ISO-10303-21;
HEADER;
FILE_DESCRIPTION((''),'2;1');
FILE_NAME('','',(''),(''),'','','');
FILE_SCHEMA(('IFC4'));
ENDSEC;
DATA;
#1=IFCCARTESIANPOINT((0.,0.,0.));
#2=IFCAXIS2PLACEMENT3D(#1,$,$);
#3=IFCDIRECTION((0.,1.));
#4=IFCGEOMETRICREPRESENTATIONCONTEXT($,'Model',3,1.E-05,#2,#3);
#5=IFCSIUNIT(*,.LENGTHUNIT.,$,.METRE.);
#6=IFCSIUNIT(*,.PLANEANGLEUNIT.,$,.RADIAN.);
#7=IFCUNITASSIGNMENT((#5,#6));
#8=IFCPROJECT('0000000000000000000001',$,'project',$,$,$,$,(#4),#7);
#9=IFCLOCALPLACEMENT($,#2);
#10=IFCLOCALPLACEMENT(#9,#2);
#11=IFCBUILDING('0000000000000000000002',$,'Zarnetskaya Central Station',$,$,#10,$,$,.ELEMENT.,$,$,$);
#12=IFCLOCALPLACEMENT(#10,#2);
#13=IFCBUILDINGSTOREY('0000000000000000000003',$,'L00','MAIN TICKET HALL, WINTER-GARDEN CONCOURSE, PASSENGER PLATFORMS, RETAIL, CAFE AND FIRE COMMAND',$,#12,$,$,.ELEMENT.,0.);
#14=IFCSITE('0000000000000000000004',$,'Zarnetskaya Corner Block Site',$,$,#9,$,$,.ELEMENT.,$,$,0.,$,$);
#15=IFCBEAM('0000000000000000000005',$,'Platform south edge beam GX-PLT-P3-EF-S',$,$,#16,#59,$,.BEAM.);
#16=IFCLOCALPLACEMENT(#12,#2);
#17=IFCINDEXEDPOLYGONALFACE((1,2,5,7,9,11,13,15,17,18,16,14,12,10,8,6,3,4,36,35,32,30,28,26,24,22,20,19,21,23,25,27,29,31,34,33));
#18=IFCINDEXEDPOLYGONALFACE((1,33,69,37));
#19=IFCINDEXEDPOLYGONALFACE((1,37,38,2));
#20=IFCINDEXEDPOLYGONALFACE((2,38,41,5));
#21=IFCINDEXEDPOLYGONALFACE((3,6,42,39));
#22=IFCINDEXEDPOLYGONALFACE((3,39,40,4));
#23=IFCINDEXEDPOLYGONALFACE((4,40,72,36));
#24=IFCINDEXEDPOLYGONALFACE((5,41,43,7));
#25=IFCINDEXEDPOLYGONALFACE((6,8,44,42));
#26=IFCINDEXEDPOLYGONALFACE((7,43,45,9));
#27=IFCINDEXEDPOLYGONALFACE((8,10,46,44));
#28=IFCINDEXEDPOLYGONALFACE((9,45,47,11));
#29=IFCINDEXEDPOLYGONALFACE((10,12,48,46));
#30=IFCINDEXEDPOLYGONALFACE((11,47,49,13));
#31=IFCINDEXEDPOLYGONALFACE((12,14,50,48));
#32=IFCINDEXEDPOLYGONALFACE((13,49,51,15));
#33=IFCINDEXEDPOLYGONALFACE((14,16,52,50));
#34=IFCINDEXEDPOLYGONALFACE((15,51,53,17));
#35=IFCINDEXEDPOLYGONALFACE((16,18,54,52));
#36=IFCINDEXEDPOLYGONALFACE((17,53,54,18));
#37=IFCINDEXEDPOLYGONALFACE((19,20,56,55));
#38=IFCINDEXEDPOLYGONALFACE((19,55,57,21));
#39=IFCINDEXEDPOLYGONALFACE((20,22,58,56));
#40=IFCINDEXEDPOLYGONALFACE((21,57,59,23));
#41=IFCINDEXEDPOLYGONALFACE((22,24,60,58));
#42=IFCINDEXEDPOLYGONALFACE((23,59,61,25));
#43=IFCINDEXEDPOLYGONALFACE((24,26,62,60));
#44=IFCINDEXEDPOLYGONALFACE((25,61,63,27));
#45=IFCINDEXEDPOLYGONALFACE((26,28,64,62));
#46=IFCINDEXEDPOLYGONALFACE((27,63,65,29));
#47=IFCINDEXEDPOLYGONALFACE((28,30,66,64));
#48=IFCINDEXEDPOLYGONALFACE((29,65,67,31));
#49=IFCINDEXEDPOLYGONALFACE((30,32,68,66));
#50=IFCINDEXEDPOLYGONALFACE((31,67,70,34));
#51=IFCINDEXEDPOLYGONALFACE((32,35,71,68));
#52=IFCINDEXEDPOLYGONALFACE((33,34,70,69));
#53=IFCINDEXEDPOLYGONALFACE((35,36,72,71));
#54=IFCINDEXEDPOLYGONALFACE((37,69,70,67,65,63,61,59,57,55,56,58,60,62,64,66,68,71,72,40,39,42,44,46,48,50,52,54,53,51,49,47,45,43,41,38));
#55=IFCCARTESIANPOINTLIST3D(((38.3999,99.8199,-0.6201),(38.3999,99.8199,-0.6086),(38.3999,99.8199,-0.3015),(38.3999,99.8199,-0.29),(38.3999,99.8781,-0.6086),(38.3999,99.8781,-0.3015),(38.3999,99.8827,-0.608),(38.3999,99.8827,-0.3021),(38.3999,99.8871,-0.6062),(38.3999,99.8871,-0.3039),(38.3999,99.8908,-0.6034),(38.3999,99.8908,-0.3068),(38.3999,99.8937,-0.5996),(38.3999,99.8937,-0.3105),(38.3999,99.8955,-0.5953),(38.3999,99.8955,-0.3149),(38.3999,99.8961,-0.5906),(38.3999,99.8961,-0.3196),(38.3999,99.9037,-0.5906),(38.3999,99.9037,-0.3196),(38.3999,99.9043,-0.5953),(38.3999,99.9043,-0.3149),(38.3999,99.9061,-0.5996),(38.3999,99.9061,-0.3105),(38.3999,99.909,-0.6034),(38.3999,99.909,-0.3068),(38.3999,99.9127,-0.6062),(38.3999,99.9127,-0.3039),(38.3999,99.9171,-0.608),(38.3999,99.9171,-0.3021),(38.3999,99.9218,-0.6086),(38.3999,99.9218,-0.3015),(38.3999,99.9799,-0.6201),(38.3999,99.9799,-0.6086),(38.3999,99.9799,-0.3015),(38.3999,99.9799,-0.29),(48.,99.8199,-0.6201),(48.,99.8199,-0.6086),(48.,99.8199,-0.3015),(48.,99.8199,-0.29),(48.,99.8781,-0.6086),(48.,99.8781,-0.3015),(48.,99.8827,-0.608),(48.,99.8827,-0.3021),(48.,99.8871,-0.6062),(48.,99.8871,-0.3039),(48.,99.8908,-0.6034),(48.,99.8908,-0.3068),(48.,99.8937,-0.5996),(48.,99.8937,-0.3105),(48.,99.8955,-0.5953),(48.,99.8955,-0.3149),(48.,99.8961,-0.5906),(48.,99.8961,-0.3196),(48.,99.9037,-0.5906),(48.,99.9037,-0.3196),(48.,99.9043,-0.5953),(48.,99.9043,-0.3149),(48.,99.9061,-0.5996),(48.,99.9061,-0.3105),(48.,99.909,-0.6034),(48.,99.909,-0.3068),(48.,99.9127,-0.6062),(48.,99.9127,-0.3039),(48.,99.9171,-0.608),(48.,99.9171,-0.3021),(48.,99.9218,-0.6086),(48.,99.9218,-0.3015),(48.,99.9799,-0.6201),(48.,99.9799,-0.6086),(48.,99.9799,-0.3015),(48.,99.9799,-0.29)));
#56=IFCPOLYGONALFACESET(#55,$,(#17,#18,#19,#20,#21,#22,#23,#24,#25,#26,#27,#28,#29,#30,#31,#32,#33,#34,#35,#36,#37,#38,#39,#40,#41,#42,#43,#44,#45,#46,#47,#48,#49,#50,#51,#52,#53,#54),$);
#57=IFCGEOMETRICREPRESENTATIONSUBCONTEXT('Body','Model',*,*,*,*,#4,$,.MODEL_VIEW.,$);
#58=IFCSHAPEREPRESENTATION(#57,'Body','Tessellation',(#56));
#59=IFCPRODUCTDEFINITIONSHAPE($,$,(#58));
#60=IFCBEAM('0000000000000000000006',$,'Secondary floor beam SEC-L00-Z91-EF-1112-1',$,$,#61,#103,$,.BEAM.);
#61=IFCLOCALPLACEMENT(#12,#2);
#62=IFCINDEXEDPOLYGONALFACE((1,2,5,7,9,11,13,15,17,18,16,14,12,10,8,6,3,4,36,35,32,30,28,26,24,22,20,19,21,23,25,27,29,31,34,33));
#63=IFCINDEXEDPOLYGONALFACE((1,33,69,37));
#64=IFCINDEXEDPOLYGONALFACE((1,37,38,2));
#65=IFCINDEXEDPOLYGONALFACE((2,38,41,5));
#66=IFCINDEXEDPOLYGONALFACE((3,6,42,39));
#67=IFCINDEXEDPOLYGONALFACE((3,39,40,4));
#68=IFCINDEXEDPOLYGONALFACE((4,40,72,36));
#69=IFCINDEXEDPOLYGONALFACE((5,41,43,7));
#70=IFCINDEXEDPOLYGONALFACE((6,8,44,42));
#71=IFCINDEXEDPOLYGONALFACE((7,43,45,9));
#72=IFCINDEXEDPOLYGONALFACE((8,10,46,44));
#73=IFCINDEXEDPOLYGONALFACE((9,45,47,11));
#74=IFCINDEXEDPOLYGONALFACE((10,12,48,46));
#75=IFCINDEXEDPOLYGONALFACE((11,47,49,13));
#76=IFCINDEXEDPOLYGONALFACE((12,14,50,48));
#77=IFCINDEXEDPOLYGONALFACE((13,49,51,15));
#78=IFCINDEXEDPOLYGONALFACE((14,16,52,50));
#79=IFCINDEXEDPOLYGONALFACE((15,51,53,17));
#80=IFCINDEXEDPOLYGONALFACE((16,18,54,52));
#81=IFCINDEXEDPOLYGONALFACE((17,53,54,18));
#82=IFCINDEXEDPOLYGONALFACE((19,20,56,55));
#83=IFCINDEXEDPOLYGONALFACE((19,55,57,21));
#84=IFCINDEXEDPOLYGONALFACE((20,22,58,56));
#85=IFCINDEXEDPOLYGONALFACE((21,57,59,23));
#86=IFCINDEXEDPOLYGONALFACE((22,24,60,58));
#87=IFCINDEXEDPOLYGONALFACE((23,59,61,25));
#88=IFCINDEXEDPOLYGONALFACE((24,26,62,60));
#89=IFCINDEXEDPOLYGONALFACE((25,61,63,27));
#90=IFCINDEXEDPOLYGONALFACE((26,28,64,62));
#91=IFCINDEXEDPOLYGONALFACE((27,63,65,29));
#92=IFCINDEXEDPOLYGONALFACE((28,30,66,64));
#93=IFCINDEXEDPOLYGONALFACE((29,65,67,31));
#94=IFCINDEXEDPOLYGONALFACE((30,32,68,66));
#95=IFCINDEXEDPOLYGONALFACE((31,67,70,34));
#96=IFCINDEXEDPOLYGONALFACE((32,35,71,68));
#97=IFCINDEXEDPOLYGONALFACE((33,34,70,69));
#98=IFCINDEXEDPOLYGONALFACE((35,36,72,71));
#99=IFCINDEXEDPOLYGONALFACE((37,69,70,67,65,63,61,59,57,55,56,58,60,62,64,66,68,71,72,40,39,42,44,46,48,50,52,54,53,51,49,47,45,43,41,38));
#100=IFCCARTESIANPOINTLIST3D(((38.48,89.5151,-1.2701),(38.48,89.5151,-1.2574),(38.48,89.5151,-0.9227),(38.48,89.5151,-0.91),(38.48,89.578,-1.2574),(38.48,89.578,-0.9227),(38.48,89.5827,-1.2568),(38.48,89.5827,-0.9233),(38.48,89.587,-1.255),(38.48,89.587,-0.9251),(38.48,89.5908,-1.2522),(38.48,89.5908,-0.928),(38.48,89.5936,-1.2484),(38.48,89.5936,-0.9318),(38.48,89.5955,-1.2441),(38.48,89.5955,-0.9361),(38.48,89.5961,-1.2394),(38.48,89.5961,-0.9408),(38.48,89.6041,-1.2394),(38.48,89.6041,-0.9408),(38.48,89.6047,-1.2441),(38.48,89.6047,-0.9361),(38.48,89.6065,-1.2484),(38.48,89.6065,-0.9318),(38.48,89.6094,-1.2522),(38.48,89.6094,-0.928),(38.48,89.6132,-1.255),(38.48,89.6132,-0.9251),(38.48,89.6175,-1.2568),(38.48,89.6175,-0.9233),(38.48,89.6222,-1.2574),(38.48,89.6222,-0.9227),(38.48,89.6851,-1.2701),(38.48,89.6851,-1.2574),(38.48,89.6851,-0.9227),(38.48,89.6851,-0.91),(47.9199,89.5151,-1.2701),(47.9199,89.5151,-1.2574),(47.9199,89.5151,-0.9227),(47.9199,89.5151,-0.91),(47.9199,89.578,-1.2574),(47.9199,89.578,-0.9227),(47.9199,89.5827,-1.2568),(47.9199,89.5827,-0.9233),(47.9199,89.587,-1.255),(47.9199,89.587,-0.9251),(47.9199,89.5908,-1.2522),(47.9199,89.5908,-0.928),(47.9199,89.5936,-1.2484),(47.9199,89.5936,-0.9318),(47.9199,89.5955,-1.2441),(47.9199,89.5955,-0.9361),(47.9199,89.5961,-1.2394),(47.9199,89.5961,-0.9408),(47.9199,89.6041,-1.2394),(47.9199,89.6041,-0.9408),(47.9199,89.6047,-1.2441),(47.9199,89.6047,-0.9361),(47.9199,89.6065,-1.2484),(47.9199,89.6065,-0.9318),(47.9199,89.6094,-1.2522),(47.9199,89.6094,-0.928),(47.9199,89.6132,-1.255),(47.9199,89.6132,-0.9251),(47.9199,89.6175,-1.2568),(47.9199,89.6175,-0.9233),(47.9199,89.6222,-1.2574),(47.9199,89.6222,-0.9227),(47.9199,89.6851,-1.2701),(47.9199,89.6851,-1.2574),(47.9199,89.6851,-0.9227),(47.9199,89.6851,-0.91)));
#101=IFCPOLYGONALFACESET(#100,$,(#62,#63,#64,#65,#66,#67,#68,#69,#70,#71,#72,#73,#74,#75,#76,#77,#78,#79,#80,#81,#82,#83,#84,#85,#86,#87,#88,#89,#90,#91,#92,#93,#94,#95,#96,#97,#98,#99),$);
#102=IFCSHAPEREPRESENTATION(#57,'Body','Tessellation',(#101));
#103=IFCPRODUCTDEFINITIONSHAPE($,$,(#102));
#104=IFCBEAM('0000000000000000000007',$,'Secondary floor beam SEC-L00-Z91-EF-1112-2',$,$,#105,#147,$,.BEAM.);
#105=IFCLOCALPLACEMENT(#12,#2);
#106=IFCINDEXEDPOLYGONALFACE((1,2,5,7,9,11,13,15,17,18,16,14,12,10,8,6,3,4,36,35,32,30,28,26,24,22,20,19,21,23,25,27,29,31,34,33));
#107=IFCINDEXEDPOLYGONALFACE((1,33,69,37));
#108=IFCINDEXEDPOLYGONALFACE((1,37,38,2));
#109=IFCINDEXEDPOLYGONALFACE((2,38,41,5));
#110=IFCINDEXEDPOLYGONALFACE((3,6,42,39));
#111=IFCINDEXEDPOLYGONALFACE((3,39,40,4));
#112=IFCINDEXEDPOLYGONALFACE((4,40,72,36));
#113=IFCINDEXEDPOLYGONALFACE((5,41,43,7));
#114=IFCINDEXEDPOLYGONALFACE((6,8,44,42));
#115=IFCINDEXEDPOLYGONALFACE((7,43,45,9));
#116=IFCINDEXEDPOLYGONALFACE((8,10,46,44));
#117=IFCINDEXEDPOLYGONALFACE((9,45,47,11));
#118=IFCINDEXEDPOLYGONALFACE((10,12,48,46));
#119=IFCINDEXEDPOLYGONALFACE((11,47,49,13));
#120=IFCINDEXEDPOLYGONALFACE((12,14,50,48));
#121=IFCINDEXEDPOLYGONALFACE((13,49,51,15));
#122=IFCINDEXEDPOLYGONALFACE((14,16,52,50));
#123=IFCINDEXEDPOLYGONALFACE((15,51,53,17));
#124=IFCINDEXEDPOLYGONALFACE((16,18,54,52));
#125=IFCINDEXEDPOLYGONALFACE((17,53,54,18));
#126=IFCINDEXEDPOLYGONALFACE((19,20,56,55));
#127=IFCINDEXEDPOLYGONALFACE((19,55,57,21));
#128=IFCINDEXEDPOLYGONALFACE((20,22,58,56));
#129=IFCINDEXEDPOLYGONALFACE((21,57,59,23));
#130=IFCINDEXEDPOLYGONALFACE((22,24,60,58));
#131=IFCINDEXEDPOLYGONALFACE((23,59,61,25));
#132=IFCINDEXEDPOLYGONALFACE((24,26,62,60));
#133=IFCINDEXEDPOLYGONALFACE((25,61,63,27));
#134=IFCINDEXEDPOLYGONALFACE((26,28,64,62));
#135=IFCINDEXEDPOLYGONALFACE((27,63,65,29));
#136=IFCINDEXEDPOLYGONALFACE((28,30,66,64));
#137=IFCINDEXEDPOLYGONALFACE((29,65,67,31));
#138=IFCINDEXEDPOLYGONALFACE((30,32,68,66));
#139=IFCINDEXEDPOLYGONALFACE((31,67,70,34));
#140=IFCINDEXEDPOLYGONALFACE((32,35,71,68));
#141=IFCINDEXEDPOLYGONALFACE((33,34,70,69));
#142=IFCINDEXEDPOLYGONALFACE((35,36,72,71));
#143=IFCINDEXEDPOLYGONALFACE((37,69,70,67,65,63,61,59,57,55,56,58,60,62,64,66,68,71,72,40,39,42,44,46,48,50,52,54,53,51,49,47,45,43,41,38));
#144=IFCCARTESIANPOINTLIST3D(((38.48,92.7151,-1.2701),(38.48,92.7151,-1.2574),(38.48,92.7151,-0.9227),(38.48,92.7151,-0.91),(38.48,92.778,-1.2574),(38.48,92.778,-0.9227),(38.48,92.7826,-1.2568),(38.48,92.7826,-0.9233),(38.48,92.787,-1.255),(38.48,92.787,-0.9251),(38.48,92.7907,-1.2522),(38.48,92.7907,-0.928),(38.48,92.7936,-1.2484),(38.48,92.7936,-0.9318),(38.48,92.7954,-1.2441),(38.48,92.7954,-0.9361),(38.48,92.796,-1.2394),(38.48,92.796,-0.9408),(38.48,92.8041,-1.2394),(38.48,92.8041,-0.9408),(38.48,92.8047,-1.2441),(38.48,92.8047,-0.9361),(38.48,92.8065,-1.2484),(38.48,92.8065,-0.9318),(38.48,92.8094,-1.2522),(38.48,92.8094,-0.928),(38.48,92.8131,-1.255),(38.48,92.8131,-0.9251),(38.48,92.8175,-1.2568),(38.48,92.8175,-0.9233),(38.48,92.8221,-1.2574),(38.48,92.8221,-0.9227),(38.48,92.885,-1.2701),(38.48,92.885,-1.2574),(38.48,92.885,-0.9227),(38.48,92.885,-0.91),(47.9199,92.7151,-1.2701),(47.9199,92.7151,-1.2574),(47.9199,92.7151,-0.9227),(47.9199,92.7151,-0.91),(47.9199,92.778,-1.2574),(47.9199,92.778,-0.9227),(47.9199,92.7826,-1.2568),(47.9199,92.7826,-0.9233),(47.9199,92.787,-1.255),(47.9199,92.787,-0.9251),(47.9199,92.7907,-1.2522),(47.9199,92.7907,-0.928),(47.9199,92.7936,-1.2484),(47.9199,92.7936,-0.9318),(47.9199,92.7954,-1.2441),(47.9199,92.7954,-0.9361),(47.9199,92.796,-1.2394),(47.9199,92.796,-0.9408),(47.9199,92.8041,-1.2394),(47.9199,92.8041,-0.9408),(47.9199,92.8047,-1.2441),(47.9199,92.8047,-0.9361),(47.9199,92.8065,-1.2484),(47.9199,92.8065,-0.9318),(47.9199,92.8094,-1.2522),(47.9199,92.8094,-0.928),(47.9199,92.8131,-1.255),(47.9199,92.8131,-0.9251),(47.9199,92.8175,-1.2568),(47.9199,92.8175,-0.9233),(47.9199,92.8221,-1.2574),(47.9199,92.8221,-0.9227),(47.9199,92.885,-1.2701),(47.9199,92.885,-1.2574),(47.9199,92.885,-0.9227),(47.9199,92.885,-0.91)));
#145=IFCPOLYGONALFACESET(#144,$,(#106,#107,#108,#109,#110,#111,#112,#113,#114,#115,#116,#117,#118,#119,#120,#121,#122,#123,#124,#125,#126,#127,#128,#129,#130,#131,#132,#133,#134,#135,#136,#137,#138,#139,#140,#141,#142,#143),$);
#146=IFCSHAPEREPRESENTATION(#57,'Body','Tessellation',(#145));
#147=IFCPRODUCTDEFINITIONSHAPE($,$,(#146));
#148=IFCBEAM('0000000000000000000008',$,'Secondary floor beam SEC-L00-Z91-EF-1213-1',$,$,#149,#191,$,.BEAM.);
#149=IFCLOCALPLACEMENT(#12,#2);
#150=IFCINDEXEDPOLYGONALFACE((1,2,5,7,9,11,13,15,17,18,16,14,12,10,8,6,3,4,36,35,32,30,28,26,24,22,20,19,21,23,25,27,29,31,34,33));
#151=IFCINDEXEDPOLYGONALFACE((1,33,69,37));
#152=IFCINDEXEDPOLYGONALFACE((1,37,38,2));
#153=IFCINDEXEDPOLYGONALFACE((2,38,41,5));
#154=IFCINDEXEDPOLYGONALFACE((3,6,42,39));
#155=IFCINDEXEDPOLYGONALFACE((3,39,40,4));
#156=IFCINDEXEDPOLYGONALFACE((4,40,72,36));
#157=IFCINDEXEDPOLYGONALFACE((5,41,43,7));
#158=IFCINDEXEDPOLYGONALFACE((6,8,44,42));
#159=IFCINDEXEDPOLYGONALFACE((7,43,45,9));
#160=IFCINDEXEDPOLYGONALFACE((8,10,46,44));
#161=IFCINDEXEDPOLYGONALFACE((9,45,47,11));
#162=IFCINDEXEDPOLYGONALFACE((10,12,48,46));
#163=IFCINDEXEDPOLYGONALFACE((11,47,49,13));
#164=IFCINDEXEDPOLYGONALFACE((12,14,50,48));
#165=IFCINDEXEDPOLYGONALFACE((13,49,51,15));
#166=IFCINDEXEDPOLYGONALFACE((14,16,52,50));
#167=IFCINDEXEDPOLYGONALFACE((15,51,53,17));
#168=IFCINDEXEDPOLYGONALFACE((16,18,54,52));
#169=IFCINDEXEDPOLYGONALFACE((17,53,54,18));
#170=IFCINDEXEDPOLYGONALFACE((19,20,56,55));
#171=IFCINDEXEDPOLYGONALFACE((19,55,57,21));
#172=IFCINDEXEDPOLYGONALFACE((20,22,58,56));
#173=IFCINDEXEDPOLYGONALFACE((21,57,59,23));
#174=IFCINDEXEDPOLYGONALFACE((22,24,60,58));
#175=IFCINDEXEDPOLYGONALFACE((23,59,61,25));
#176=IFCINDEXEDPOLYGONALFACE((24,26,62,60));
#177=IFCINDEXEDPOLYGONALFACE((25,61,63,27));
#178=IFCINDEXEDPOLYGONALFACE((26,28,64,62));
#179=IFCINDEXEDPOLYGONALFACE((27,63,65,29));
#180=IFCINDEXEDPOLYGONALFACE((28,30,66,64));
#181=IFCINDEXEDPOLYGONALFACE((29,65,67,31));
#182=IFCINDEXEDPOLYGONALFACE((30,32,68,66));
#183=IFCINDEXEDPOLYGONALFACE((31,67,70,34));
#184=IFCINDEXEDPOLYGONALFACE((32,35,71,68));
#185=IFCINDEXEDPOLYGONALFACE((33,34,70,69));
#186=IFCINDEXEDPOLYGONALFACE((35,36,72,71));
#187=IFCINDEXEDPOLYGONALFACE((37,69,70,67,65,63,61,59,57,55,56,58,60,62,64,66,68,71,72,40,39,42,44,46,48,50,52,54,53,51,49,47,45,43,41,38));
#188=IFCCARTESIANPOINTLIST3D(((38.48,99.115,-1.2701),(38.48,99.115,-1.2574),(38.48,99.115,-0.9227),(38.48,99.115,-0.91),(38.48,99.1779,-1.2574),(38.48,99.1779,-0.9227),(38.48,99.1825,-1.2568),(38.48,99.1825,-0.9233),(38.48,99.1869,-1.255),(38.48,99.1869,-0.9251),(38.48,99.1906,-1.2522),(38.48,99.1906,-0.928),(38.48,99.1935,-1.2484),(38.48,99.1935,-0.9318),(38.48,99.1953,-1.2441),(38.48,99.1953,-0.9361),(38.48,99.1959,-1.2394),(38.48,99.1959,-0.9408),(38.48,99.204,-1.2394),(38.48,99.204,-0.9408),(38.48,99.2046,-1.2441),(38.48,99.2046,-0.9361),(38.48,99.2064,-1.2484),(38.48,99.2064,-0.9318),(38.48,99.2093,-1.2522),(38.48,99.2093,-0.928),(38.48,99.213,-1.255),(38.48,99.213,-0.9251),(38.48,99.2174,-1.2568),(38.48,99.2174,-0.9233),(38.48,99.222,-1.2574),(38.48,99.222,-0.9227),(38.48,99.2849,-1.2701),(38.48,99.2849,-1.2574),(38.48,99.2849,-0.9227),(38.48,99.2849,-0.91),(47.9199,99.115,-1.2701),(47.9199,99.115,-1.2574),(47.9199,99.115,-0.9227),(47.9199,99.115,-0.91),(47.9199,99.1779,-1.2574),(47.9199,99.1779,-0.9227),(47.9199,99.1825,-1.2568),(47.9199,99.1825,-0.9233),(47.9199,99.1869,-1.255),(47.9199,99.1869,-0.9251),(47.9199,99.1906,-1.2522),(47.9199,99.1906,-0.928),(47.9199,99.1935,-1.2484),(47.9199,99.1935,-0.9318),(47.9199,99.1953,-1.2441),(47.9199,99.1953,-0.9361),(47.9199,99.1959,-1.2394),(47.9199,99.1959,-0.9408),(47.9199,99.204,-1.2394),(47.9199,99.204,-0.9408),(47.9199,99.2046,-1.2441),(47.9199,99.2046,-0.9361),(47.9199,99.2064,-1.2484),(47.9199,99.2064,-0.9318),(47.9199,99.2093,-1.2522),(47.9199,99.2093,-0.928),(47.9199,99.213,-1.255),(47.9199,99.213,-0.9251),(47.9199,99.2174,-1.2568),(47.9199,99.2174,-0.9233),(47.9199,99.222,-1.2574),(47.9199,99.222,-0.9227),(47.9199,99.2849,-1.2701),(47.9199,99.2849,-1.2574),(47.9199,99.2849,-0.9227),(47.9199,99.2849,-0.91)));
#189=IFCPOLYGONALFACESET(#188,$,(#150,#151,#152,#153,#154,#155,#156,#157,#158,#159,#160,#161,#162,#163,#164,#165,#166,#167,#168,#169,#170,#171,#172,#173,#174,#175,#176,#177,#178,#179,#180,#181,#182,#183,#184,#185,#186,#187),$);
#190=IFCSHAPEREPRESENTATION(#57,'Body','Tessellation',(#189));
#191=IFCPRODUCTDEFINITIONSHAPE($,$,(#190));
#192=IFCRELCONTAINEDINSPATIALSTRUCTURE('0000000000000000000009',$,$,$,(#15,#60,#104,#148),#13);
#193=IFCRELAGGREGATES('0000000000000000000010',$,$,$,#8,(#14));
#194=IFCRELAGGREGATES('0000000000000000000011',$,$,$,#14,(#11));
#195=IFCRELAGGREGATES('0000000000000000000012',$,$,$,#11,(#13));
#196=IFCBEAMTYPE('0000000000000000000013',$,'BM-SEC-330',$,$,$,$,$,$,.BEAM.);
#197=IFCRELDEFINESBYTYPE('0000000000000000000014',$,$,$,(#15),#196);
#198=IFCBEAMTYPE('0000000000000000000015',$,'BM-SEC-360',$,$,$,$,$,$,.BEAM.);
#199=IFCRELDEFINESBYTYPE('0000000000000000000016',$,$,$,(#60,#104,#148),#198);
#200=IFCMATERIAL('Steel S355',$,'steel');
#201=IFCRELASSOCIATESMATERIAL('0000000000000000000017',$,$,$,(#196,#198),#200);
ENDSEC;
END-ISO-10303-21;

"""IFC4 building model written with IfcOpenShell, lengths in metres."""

from ifc_helpers import new_model, si_unit, direction, frame, origin, origin_2d, place, context, subcontext, project, spatial, i_section, extrude, material, material_profile, profile_set, type_object, element, save


model = new_model("IFC4")

# Units and contexts
model_context = context("Model", 3, precision=1e-05, world=origin(), true_north=direction((0.0, 1.0)))
body_context = subcontext(model_context, "Body", "Model", "MODEL_VIEW")
ifc_project = project(units=[si_unit("LENGTHUNIT", "METRE"), si_unit("PLANEANGLEUNIT", "RADIAN")], contexts=[model_context])

# Site, building, storey
site_placement = place(None, origin())
site = spatial("IfcSite", under=ifc_project, at=site_placement, Name="Zarnetskaya Corner Block Site", CompositionType="ELEMENT", RefElevation=0.0)
building_placement = place(site_placement, origin())
building = spatial("IfcBuilding", under=site, at=building_placement, Name="Zarnetskaya Central Station", CompositionType="ELEMENT")
storey_placement = place(building_placement, origin())
storey = spatial("IfcBuildingStorey", under=building, at=storey_placement, Name="L00", Description="MAIN TICKET HALL, WINTER-GARDEN CONCOURSE, PASSENGER PLATFORMS, RETAIL, CAFE AND FIRE COMMAND", CompositionType="ELEMENT", Elevation=0.0)

# Shared definitions
ifc_material = material(Name="Steel S355", Category="steel")

# Beams
ifc_material_profile_1 = material_profile(ifc_material, i_section(OverallWidth=0.1599, OverallDepth=0.3301, WebThickness=0.0076, FlangeThickness=0.0115, FilletRadius=0.0181, at=origin_2d()), Name="IPE 330")
ifc_profile_set_1 = profile_set([ifc_material_profile_1], Name="Steel S355")
beam_type_1 = type_object("IfcBeamType", Name="BM-SEC-330", PredefinedType="BEAM", material=ifc_profile_set_1)
beam_1_placement = place(storey_placement, frame((38.3999, 99.8999, -0.4551), z_axis=(1.0, 0.0, 0.0), x_axis=(0.0, 1.0, 0.0)))
element("IfcBeam", 1, at=beam_1_placement, inside=storey, type_object=beam_type_1, Name="Platform south edge beam GX-PLT-P3-EF-S", PredefinedType="BEAM", context=body_context, shape_type="SweptSolid", body=[
    extrude(i_section(OverallWidth=0.1599, OverallDepth=0.3301, WebThickness=0.0076, FlangeThickness=0.0115, FilletRadius=0.0181, at=origin_2d()), origin(), (0.0, 0.0, 1.0), 9.6001),
])
ifc_material_profile_2 = material_profile(ifc_material, i_section(OverallWidth=0.1699, OverallDepth=0.3601, WebThickness=0.0081, FlangeThickness=0.0127, FilletRadius=0.0181, at=origin_2d()), Name="IPE 360")
ifc_profile_set_2 = profile_set([ifc_material_profile_2], Name="Steel S355")
beam_type_2 = type_object("IfcBeamType", Name="BM-SEC-360", PredefinedType="BEAM", material=ifc_profile_set_2)
for number, where, z_axis, x_axis, name in (
    (2, (38.48, 89.6001, -1.0901), (1.0, 0.0, 0.0), (0.0, 1.0, 0.0), "Secondary floor beam SEC-L00-Z91-EF-1112-1"),
    (3, (38.48, 92.8, -1.0901), (1.0, 0.0, 0.0), (0.0, 1.0, 0.0), "Secondary floor beam SEC-L00-Z91-EF-1112-2"),
    (4, (38.48, 99.2, -1.0901), (1.0, 0.0, 0.0), (0.0, 1.0, 0.0), "Secondary floor beam SEC-L00-Z91-EF-1213-1"),
):
    element("IfcBeam", number, at=place(storey_placement, frame(where, z_axis=z_axis, x_axis=x_axis)), inside=storey, type_object=beam_type_2, Name=name, PredefinedType="BEAM", context=body_context, shape_type="SweptSolid", body=[
        extrude(i_section(OverallWidth=0.1699, OverallDepth=0.3601, WebThickness=0.0081, FlangeThickness=0.0127, FilletRadius=0.0181, at=origin_2d()), origin(), (0.0, 0.0, 1.0), 9.4399),
    ])

save(model, "model.ifc")
